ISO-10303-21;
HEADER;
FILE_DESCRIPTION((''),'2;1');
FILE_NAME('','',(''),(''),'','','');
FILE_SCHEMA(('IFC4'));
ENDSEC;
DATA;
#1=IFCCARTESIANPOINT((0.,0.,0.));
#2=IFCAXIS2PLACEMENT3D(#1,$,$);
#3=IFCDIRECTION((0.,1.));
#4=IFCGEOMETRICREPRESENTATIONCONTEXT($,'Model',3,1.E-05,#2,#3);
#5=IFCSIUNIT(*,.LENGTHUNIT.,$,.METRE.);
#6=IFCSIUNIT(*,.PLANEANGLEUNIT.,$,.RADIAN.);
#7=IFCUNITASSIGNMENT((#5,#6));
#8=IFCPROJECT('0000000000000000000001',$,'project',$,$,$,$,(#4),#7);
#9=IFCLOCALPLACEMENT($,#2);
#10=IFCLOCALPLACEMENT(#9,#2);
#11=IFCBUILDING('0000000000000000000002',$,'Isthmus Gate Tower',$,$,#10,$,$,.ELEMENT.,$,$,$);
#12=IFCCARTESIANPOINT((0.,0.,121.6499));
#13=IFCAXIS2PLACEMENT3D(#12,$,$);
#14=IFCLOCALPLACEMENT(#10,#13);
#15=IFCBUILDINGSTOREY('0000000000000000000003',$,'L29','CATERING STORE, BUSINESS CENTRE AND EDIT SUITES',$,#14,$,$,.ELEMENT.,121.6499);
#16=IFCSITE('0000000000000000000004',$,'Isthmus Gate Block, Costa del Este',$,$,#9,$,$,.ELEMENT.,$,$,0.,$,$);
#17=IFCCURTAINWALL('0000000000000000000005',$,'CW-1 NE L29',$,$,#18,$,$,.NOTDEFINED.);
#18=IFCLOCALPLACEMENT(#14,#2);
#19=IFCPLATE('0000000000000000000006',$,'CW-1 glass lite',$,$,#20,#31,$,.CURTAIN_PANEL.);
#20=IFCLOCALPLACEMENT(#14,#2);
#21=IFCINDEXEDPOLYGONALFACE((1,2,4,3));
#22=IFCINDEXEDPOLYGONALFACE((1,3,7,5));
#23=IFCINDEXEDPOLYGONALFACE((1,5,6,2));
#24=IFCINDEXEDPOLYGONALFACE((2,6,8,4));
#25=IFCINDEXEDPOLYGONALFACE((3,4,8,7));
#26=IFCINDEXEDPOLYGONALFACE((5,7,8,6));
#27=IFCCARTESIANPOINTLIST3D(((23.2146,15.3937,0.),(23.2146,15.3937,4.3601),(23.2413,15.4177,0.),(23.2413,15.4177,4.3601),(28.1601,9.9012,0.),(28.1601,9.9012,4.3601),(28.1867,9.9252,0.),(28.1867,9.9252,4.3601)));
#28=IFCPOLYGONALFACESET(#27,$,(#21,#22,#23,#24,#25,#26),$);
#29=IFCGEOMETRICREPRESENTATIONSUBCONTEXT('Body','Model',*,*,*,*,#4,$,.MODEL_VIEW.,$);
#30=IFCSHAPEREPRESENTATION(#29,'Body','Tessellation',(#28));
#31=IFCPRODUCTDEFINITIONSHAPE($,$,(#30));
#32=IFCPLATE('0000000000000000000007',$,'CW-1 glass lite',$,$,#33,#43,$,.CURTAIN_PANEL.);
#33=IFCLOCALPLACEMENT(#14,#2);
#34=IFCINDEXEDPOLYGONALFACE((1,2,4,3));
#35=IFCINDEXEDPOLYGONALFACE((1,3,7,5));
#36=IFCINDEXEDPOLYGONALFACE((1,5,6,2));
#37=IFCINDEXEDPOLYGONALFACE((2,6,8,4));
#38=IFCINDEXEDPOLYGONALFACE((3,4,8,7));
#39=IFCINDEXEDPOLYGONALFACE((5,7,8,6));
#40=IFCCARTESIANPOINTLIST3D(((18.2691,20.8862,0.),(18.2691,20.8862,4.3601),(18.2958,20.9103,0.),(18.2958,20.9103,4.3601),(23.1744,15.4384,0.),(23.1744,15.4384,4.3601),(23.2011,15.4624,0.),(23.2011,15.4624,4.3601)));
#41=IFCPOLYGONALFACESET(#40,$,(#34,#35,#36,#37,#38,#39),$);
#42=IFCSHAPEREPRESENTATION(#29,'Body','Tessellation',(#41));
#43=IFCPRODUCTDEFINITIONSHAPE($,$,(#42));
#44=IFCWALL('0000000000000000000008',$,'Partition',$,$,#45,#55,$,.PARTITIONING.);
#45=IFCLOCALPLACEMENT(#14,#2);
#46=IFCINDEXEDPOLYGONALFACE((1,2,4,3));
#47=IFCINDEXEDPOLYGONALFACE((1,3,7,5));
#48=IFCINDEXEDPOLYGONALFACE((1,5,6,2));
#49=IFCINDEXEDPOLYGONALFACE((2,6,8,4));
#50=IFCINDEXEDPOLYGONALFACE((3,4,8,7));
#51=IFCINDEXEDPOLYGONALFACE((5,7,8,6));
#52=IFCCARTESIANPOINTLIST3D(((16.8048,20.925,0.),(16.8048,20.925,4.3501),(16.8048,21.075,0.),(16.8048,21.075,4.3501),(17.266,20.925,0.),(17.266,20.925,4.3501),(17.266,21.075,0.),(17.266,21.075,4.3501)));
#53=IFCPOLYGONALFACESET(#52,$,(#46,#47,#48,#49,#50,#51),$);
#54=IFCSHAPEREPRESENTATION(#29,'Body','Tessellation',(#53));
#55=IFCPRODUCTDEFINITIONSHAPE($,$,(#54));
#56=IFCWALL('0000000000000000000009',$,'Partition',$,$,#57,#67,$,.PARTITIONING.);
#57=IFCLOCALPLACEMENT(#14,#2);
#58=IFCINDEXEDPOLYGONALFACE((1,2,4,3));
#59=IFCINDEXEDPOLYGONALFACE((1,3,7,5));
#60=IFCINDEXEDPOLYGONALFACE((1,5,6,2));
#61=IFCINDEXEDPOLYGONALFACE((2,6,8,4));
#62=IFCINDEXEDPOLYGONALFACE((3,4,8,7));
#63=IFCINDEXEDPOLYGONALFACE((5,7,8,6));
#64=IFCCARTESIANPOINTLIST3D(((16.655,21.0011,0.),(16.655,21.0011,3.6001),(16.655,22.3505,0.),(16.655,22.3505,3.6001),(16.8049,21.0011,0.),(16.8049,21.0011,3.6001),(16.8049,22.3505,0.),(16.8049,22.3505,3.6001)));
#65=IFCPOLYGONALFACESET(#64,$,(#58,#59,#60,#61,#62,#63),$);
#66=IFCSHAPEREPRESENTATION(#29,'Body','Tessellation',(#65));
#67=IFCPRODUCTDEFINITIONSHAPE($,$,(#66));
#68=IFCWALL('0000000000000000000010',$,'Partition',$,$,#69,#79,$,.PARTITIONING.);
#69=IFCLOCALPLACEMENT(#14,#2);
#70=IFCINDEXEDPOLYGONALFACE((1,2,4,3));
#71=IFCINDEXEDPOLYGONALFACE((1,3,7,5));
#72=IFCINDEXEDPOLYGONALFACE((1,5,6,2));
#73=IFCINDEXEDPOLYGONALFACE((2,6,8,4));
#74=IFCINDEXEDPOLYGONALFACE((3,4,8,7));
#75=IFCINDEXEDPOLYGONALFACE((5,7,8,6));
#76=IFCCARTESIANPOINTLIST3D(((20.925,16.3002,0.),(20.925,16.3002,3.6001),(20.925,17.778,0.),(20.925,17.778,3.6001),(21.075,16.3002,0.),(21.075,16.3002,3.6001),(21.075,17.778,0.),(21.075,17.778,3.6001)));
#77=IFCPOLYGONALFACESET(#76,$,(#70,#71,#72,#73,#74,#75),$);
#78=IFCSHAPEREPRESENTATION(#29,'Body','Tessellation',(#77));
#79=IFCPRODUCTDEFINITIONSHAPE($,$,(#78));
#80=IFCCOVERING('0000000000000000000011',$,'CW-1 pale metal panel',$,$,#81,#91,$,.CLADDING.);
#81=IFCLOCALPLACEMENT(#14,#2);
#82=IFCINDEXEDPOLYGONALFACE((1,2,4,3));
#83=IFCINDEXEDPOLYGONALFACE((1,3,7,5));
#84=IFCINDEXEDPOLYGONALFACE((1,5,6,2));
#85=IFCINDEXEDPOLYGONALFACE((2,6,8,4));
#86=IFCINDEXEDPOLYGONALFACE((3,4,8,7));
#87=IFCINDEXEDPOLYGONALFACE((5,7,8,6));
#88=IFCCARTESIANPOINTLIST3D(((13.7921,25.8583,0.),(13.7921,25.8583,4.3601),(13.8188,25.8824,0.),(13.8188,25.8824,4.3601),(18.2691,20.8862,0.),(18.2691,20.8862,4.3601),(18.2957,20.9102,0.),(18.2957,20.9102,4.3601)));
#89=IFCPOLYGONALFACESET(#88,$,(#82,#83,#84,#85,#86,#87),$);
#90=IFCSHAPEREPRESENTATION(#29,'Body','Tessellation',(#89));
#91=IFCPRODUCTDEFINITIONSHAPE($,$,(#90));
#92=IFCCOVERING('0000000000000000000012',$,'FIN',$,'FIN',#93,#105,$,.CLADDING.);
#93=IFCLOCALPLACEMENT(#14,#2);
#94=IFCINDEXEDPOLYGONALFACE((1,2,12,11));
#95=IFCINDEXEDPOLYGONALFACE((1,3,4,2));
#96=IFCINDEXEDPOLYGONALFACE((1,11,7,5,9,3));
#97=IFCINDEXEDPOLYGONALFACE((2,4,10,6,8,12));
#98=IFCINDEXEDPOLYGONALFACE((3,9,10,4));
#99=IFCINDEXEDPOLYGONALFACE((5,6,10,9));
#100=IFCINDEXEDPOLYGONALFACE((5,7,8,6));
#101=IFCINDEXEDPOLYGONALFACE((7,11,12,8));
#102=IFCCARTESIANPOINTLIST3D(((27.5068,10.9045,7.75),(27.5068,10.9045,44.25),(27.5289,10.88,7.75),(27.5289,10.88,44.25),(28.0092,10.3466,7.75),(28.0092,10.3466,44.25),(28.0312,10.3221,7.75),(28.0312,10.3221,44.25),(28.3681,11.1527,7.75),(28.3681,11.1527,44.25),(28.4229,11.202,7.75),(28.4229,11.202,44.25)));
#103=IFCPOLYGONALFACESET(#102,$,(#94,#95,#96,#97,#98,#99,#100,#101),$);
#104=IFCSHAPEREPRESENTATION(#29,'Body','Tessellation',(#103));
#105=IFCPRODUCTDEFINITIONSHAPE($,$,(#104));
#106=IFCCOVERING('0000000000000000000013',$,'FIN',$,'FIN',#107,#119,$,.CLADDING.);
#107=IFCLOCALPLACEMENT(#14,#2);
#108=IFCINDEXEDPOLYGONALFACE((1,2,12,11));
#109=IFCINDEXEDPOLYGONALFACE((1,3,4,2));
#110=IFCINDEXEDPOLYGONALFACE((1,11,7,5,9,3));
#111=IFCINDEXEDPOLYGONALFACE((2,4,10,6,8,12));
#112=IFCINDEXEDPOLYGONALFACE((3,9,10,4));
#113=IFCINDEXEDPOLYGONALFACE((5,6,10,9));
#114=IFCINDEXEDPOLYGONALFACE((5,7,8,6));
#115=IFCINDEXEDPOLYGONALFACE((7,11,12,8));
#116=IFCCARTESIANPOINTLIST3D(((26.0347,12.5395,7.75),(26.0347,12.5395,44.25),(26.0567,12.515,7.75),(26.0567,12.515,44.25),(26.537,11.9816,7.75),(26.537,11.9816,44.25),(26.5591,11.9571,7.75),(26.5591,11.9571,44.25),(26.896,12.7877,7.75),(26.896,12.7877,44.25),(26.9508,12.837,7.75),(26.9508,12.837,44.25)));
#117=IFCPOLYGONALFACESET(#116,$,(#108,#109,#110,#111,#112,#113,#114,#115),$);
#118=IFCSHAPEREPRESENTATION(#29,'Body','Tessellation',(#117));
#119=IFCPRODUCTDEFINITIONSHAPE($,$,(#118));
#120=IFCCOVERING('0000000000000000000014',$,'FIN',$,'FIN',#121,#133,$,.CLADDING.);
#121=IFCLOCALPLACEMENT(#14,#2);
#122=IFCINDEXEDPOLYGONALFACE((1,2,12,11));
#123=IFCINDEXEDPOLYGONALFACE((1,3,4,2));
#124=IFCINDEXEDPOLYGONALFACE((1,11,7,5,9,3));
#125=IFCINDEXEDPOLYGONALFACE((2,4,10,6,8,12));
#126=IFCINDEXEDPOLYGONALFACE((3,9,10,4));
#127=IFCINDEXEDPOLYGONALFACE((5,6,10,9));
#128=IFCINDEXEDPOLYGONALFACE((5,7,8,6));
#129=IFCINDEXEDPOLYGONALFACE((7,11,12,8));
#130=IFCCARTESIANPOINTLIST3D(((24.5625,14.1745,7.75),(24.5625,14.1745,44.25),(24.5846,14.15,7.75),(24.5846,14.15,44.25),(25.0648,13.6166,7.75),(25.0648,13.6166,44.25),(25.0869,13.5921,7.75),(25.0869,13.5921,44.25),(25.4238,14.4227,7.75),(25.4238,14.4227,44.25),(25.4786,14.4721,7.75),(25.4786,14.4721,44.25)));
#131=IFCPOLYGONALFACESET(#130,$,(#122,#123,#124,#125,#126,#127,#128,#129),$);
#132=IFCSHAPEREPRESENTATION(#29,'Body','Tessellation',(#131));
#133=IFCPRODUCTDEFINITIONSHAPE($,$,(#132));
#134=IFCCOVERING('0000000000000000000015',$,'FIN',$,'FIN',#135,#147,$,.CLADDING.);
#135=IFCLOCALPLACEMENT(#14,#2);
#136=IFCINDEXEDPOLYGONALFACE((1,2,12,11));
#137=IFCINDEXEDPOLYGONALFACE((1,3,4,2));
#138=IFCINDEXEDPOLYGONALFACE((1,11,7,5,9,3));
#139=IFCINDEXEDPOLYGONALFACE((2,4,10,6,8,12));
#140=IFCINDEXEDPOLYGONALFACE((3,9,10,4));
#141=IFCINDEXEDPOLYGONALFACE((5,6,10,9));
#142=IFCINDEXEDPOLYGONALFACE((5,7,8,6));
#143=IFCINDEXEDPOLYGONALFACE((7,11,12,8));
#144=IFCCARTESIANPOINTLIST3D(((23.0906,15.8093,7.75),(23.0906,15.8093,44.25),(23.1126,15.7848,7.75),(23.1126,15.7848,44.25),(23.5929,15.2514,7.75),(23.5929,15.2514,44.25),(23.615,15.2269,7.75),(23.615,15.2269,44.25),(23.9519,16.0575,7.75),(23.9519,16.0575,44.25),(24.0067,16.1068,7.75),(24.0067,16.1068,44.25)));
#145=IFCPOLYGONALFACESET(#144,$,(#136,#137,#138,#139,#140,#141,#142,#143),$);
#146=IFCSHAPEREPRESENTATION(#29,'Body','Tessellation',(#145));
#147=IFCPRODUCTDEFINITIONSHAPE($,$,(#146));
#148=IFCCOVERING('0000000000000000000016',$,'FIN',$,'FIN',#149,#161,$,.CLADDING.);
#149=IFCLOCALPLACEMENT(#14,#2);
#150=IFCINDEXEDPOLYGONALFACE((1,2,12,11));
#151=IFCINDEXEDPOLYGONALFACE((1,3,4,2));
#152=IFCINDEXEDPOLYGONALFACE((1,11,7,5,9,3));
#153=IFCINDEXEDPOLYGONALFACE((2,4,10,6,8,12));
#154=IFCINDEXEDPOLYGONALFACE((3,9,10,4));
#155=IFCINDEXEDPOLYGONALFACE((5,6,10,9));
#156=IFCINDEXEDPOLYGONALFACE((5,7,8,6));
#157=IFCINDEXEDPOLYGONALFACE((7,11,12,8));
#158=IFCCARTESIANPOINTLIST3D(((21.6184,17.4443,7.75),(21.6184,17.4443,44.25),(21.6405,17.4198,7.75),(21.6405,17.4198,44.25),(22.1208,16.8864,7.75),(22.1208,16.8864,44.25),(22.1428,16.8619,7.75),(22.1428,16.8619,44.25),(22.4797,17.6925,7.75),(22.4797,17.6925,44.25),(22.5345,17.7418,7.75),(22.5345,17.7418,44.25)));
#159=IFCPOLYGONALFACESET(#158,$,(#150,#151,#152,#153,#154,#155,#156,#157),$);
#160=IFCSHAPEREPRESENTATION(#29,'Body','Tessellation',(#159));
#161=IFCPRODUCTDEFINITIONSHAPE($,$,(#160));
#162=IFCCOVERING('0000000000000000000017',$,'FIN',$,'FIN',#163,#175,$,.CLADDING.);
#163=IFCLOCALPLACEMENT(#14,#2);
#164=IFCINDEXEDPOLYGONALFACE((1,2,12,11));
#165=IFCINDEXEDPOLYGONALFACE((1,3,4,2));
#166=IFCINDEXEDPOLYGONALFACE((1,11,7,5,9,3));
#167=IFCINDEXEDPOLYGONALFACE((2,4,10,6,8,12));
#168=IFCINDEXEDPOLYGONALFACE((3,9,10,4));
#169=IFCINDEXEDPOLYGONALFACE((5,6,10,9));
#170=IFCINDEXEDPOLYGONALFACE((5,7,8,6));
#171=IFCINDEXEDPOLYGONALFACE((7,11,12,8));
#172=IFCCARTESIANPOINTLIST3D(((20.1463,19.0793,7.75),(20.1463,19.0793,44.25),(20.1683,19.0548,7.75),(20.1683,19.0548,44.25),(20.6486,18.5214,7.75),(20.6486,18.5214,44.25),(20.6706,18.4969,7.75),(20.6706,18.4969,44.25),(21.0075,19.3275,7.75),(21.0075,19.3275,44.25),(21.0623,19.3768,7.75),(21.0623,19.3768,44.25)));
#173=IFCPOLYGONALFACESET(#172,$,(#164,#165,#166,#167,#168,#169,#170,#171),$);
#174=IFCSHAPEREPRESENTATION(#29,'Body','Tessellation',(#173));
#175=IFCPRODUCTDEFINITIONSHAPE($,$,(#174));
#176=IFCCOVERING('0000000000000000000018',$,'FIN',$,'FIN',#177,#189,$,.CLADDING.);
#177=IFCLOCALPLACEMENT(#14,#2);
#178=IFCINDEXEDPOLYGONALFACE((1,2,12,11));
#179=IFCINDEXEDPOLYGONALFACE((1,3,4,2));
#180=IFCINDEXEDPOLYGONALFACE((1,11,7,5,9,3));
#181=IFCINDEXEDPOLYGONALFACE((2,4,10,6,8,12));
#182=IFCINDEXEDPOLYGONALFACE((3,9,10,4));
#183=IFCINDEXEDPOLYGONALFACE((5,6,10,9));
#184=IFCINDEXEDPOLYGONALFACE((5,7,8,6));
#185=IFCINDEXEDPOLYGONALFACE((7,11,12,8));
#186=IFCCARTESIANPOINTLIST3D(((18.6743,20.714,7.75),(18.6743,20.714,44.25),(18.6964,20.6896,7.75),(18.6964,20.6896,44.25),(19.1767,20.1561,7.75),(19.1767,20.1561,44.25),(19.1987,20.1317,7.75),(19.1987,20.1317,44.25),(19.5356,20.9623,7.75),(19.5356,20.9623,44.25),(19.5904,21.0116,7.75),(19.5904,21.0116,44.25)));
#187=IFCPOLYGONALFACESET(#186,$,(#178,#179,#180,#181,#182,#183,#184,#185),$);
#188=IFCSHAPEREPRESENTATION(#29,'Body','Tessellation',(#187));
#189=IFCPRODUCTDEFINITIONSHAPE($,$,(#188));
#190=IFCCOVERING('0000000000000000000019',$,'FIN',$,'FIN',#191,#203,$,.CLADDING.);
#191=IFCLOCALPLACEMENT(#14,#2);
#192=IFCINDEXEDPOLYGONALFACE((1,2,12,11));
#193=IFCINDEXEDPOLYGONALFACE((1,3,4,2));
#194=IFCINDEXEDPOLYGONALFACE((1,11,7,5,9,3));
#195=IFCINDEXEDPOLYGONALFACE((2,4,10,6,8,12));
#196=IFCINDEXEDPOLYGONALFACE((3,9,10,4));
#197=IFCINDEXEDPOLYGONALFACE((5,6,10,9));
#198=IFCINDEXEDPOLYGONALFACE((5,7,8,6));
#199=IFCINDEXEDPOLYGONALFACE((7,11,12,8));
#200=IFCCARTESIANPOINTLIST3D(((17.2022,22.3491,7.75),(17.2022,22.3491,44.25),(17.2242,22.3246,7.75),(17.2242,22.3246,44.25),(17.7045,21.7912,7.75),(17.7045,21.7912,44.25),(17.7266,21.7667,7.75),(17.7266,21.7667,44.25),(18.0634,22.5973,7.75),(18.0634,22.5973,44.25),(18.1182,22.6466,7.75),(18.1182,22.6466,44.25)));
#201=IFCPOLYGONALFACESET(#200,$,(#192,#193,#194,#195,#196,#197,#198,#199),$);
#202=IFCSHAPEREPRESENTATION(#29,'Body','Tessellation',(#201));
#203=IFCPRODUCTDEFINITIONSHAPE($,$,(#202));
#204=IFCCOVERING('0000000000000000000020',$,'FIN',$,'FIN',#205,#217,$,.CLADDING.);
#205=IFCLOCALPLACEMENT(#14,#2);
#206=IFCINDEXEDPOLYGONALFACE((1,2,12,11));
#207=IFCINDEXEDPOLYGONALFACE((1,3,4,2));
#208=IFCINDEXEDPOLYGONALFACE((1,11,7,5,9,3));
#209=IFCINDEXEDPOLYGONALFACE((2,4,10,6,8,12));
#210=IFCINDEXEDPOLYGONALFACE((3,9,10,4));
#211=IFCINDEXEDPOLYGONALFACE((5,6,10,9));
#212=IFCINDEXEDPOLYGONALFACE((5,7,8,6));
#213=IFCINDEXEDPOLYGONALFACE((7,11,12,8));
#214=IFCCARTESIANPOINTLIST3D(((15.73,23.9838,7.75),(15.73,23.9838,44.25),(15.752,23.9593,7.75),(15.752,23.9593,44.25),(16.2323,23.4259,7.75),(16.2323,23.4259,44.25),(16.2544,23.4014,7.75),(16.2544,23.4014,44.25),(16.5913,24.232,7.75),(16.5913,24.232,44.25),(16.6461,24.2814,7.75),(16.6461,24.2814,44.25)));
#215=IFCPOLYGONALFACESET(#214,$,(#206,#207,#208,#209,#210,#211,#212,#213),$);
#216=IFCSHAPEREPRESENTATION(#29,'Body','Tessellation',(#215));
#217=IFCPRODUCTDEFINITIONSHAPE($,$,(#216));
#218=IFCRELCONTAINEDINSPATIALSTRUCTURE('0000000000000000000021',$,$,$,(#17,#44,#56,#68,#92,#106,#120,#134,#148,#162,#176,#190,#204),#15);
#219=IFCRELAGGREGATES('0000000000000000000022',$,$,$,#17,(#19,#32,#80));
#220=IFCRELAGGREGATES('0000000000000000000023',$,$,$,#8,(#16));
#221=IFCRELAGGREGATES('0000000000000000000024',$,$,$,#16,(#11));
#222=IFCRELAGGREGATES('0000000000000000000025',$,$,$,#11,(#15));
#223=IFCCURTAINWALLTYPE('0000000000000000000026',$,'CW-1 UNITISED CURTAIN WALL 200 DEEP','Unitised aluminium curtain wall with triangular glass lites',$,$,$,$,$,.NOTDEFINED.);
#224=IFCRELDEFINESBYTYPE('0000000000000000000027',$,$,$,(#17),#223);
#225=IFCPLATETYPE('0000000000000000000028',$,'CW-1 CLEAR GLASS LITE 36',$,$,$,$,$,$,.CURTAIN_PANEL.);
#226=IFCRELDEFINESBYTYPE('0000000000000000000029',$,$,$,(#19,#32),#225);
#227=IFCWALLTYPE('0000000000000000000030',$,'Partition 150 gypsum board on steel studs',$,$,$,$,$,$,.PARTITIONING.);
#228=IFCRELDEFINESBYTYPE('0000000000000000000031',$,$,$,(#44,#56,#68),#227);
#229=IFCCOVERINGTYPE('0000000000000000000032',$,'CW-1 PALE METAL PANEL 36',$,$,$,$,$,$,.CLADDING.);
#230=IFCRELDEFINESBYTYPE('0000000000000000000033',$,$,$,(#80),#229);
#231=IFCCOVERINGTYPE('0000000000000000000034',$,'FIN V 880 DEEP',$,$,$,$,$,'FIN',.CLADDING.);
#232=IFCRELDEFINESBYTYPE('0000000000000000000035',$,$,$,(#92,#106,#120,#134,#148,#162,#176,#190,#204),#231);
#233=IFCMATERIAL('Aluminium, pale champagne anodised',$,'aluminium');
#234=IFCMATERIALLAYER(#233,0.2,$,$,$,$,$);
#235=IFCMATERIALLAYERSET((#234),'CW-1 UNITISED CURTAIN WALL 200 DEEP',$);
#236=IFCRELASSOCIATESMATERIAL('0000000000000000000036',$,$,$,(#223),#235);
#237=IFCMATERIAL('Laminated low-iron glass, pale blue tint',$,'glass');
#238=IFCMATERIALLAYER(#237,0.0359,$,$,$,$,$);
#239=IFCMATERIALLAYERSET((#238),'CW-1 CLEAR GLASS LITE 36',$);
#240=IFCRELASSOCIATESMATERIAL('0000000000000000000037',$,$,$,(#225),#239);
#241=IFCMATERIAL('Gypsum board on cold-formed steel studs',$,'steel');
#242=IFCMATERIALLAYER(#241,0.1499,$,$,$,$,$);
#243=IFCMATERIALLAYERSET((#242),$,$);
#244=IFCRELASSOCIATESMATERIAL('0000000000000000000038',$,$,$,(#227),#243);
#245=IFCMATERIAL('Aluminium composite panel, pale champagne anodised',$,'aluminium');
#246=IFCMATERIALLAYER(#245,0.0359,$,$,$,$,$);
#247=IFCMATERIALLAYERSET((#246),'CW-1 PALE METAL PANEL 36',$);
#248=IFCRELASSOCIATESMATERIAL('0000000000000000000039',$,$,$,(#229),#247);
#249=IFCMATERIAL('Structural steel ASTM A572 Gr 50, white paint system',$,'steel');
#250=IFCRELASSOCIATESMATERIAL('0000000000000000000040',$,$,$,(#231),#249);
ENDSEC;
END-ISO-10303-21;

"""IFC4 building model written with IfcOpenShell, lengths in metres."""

from ifc_helpers import new_model, si_unit, direction, frame, frame_2d, origin, origin_2d, place, context, subcontext, project, spatial, polyline, rectangle, outline, extrude, material, layer, layer_set, material_profile, profile_set, type_object, element, aggregate, save


model = new_model("IFC4")

# Units and contexts
model_context = context("Model", 3, precision=1e-05, world=origin(), true_north=direction((0.0, 1.0)))
body_context = subcontext(model_context, "Body", "Model", "MODEL_VIEW")
ifc_project = project(units=[si_unit("LENGTHUNIT", "METRE"), si_unit("PLANEANGLEUNIT", "RADIAN")], contexts=[model_context])

# Site, building, storey
site_placement = place(None, origin())
site = spatial("IfcSite", under=ifc_project, at=site_placement, Name="Isthmus Gate Block, Costa del Este", CompositionType="ELEMENT", RefElevation=0.0)
building_placement = place(site_placement, origin())
building = spatial("IfcBuilding", under=site, at=building_placement, Name="Isthmus Gate Tower", CompositionType="ELEMENT")
storey_placement = place(building_placement, frame((0.0, 0.0, 121.6499)))
storey = spatial("IfcBuildingStorey", under=building, at=storey_placement, Name="L29", Description="CATERING STORE, BUSINESS CENTRE AND EDIT SUITES", CompositionType="ELEMENT", Elevation=121.6499)

# Curtain wall
ifc_material_1 = material(Name="Aluminium, pale champagne anodised", Category="aluminium")
ifc_layer_1 = layer(ifc_material_1, 0.2)
ifc_layer_set_1 = layer_set([ifc_layer_1], Name="CW-1 UNITISED CURTAIN WALL 200 DEEP")
curtain_wall_type = type_object("IfcCurtainWallType", Name="CW-1 UNITISED CURTAIN WALL 200 DEEP", Description="Unitised aluminium curtain wall with triangular glass lites", PredefinedType="NOTDEFINED", material=ifc_layer_set_1)
curtain_wall_placement = place(storey_placement, origin())
curtain_wall = element("IfcCurtainWall", 1, at=curtain_wall_placement, inside=storey, type_object=curtain_wall_type, Name="CW-1 NE L29", PredefinedType="NOTDEFINED")

# Plates
ifc_material_2 = material(Name="Laminated low-iron glass, pale blue tint", Category="glass")
ifc_layer_2 = layer(ifc_material_2, 0.0359)
ifc_layer_set_2 = layer_set([ifc_layer_2], Name="CW-1 CLEAR GLASS LITE 36")
plate_type = type_object("IfcPlateType", Name="CW-1 CLEAR GLASS LITE 36", PredefinedType="CURTAIN_PANEL", material=ifc_layer_set_2)
plate_1_placement = place(storey_placement, frame((25.7007, 12.6594, 0.0), z_axis=(0.0, 0.0, 1.0), x_axis=(-0.669131, 0.743145, 0.0)))
plate_1 = element("IfcPlate", 2, at=plate_1_placement, type_object=plate_type, Name="CW-1 glass lite", PredefinedType="CURTAIN_PANEL", context=body_context, shape_type="SweptSolid", body=[
    extrude(rectangle(XDim=7.3909, YDim=0.0359, at=origin_2d()), origin(), (0.0, 0.0, 1.0), 4.3601),
])
plate_2_placement = place(storey_placement, frame((20.7351, 18.1743, 0.0), z_axis=(0.0, 0.0, 1.0), x_axis=(-0.669131, 0.743145, 0.0)))
plate_2 = element("IfcPlate", 3, at=plate_2_placement, type_object=plate_type, Name="CW-1 glass lite", PredefinedType="CURTAIN_PANEL", context=body_context, shape_type="SweptSolid", body=[
    extrude(rectangle(XDim=7.3308, YDim=0.0359, at=origin_2d()), origin(), (0.0, 0.0, 1.0), 4.3601),
])

# Walls
ifc_material_3 = material(Name="Gypsum board on cold-formed steel studs", Category="steel")
ifc_layer_3 = layer(ifc_material_3, 0.1499)
ifc_layer_set_3 = layer_set([ifc_layer_3])
wall_type = type_object("IfcWallType", Name="Partition 150 gypsum board on steel studs", PredefinedType="PARTITIONING", material=ifc_layer_set_3)
wall_1_placement = place(storey_placement, frame((16.8049, 21.0, 0.0), z_axis=(0.0, 0.0, 1.0), x_axis=(1.0, 0.0, 0.0)))
element("IfcWall", 4, at=wall_1_placement, inside=storey, type_object=wall_type, Name="Partition", PredefinedType="PARTITIONING", context=body_context, shape_type="SweptSolid", body=[
    extrude(rectangle(XDim=0.4612, YDim=0.1499, at=frame_2d((0.2305, 0.0))), origin(), (0.0, 0.0, 1.0), 4.3501),
])
wall_2_placement = place(storey_placement, frame((16.73, 21.001, 0.0), z_axis=(0.0, 0.0, 1.0), x_axis=(0.0, 1.0, 0.0)))
element("IfcWall", 5, at=wall_2_placement, inside=storey, type_object=wall_type, Name="Partition", PredefinedType="PARTITIONING", context=body_context, shape_type="SweptSolid", body=[
    extrude(rectangle(XDim=1.3494, YDim=0.1499, at=frame_2d((0.6748, 0.0))), origin(), (0.0, 0.0, 1.0), 3.6001),
])
wall_3_placement = place(storey_placement, frame((21.0, 16.3003, 0.0), z_axis=(0.0, 0.0, 1.0), x_axis=(0.0, 1.0, 0.0)))
element("IfcWall", 6, at=wall_3_placement, inside=storey, type_object=wall_type, Name="Partition", PredefinedType="PARTITIONING", context=body_context, shape_type="SweptSolid", body=[
    extrude(rectangle(XDim=1.4778, YDim=0.1499, at=frame_2d((0.7388, 0.0))), origin(), (0.0, 0.0, 1.0), 3.6001),
])

# Covering
ifc_material_4 = material(Name="Aluminium composite panel, pale champagne anodised", Category="aluminium")
ifc_layer_4 = layer(ifc_material_4, 0.0359)
ifc_layer_set_4 = layer_set([ifc_layer_4], Name="CW-1 PALE METAL PANEL 36")
covering_type_1 = type_object("IfcCoveringType", Name="CW-1 PALE METAL PANEL 36", PredefinedType="CLADDING", material=ifc_layer_set_4)
covering_placement = place(storey_placement, frame((16.0439, 23.3843, 0.0), z_axis=(0.0, 0.0, 1.0), x_axis=(-0.669131, 0.743145, 0.0)))
covering = element("IfcCovering", 7, at=covering_placement, type_object=covering_type_1, Name="CW-1 pale metal panel", PredefinedType="CLADDING", context=body_context, shape_type="SweptSolid", body=[
    extrude(rectangle(XDim=6.6907, YDim=0.0359, at=origin_2d()), origin(), (0.0, 0.0, 1.0), 4.3601),
])
aggregate(curtain_wall, [plate_1, plate_2, covering])

# Coverings
ifc_material_5 = material(Name="Structural steel ASTM A572 Gr 50, white paint system", Category="steel")
ifc_material_profile_1 = material_profile(ifc_material_5, outline(polyline([(0.0, -0.3918), (0.8799, 0.0), (0.0, 0.3918), (0.0, 0.3589), (0.8062, 0.0), (0.0, -0.3589), (0.0, -0.3918)])), Name="V880")
ifc_profile_set_1 = profile_set([ifc_material_profile_1], Name="Structural steel ASTM A572 Gr 50, white paint system")
covering_type_2 = type_object("IfcCoveringType", Name="FIN V 880 DEEP", ElementType="FIN", PredefinedType="CLADDING", material=ifc_profile_set_1)
for number, where, z_axis, x_axis, name in (
    (8, (27.769, 10.6133, 7.75), (0.0, 0.0, 1.0), (0.743145, 0.669131, 0.0), "FIN"),
    (9, (26.2969, 12.2483, 7.75), (0.0, 0.0, 1.0), (0.743145, 0.669131, 0.0), "FIN"),
    (10, (24.8247, 13.8833, 7.75), (0.0, 0.0, 1.0), (0.743145, 0.669131, 0.0), "FIN"),
    (11, (23.3528, 15.5181, 7.75), (0.0, 0.0, 1.0), (0.743145, 0.669131, 0.0), "FIN"),
    (12, (21.8806, 17.1531, 7.75), (0.0, 0.0, 1.0), (0.743145, 0.669131, 0.0), "FIN"),
    (13, (20.4084, 18.7881, 7.75), (0.0, 0.0, 1.0), (0.743145, 0.669131, 0.0), "FIN"),
    (14, (18.9365, 20.4229, 7.75), (0.0, 0.0, 1.0), (0.743145, 0.669131, 0.0), "FIN"),
    (15, (17.4644, 22.0579, 7.75), (0.0, 0.0, 1.0), (0.743145, 0.669131, 0.0), "FIN"),
    (16, (15.9922, 23.6926, 7.75), (0.0, 0.0, 1.0), (0.743145, 0.669131, 0.0), "FIN"),
):
    element("IfcCovering", number, at=place(storey_placement, frame(where, z_axis=z_axis, x_axis=x_axis)), inside=storey, type_object=covering_type_2, Name=name, ObjectType="FIN", PredefinedType="CLADDING", context=body_context, shape_type="SweptSolid", body=[
        extrude(outline(polyline([(0.0, -0.3918), (0.8799, 0.0), (0.0, 0.3918), (0.0, 0.3589), (0.8062, 0.0), (0.0, -0.3589), (0.0, -0.3918)])), origin(), (0.0, 0.0, 1.0), 36.5),
    ])

save(model, "model.ifc")
